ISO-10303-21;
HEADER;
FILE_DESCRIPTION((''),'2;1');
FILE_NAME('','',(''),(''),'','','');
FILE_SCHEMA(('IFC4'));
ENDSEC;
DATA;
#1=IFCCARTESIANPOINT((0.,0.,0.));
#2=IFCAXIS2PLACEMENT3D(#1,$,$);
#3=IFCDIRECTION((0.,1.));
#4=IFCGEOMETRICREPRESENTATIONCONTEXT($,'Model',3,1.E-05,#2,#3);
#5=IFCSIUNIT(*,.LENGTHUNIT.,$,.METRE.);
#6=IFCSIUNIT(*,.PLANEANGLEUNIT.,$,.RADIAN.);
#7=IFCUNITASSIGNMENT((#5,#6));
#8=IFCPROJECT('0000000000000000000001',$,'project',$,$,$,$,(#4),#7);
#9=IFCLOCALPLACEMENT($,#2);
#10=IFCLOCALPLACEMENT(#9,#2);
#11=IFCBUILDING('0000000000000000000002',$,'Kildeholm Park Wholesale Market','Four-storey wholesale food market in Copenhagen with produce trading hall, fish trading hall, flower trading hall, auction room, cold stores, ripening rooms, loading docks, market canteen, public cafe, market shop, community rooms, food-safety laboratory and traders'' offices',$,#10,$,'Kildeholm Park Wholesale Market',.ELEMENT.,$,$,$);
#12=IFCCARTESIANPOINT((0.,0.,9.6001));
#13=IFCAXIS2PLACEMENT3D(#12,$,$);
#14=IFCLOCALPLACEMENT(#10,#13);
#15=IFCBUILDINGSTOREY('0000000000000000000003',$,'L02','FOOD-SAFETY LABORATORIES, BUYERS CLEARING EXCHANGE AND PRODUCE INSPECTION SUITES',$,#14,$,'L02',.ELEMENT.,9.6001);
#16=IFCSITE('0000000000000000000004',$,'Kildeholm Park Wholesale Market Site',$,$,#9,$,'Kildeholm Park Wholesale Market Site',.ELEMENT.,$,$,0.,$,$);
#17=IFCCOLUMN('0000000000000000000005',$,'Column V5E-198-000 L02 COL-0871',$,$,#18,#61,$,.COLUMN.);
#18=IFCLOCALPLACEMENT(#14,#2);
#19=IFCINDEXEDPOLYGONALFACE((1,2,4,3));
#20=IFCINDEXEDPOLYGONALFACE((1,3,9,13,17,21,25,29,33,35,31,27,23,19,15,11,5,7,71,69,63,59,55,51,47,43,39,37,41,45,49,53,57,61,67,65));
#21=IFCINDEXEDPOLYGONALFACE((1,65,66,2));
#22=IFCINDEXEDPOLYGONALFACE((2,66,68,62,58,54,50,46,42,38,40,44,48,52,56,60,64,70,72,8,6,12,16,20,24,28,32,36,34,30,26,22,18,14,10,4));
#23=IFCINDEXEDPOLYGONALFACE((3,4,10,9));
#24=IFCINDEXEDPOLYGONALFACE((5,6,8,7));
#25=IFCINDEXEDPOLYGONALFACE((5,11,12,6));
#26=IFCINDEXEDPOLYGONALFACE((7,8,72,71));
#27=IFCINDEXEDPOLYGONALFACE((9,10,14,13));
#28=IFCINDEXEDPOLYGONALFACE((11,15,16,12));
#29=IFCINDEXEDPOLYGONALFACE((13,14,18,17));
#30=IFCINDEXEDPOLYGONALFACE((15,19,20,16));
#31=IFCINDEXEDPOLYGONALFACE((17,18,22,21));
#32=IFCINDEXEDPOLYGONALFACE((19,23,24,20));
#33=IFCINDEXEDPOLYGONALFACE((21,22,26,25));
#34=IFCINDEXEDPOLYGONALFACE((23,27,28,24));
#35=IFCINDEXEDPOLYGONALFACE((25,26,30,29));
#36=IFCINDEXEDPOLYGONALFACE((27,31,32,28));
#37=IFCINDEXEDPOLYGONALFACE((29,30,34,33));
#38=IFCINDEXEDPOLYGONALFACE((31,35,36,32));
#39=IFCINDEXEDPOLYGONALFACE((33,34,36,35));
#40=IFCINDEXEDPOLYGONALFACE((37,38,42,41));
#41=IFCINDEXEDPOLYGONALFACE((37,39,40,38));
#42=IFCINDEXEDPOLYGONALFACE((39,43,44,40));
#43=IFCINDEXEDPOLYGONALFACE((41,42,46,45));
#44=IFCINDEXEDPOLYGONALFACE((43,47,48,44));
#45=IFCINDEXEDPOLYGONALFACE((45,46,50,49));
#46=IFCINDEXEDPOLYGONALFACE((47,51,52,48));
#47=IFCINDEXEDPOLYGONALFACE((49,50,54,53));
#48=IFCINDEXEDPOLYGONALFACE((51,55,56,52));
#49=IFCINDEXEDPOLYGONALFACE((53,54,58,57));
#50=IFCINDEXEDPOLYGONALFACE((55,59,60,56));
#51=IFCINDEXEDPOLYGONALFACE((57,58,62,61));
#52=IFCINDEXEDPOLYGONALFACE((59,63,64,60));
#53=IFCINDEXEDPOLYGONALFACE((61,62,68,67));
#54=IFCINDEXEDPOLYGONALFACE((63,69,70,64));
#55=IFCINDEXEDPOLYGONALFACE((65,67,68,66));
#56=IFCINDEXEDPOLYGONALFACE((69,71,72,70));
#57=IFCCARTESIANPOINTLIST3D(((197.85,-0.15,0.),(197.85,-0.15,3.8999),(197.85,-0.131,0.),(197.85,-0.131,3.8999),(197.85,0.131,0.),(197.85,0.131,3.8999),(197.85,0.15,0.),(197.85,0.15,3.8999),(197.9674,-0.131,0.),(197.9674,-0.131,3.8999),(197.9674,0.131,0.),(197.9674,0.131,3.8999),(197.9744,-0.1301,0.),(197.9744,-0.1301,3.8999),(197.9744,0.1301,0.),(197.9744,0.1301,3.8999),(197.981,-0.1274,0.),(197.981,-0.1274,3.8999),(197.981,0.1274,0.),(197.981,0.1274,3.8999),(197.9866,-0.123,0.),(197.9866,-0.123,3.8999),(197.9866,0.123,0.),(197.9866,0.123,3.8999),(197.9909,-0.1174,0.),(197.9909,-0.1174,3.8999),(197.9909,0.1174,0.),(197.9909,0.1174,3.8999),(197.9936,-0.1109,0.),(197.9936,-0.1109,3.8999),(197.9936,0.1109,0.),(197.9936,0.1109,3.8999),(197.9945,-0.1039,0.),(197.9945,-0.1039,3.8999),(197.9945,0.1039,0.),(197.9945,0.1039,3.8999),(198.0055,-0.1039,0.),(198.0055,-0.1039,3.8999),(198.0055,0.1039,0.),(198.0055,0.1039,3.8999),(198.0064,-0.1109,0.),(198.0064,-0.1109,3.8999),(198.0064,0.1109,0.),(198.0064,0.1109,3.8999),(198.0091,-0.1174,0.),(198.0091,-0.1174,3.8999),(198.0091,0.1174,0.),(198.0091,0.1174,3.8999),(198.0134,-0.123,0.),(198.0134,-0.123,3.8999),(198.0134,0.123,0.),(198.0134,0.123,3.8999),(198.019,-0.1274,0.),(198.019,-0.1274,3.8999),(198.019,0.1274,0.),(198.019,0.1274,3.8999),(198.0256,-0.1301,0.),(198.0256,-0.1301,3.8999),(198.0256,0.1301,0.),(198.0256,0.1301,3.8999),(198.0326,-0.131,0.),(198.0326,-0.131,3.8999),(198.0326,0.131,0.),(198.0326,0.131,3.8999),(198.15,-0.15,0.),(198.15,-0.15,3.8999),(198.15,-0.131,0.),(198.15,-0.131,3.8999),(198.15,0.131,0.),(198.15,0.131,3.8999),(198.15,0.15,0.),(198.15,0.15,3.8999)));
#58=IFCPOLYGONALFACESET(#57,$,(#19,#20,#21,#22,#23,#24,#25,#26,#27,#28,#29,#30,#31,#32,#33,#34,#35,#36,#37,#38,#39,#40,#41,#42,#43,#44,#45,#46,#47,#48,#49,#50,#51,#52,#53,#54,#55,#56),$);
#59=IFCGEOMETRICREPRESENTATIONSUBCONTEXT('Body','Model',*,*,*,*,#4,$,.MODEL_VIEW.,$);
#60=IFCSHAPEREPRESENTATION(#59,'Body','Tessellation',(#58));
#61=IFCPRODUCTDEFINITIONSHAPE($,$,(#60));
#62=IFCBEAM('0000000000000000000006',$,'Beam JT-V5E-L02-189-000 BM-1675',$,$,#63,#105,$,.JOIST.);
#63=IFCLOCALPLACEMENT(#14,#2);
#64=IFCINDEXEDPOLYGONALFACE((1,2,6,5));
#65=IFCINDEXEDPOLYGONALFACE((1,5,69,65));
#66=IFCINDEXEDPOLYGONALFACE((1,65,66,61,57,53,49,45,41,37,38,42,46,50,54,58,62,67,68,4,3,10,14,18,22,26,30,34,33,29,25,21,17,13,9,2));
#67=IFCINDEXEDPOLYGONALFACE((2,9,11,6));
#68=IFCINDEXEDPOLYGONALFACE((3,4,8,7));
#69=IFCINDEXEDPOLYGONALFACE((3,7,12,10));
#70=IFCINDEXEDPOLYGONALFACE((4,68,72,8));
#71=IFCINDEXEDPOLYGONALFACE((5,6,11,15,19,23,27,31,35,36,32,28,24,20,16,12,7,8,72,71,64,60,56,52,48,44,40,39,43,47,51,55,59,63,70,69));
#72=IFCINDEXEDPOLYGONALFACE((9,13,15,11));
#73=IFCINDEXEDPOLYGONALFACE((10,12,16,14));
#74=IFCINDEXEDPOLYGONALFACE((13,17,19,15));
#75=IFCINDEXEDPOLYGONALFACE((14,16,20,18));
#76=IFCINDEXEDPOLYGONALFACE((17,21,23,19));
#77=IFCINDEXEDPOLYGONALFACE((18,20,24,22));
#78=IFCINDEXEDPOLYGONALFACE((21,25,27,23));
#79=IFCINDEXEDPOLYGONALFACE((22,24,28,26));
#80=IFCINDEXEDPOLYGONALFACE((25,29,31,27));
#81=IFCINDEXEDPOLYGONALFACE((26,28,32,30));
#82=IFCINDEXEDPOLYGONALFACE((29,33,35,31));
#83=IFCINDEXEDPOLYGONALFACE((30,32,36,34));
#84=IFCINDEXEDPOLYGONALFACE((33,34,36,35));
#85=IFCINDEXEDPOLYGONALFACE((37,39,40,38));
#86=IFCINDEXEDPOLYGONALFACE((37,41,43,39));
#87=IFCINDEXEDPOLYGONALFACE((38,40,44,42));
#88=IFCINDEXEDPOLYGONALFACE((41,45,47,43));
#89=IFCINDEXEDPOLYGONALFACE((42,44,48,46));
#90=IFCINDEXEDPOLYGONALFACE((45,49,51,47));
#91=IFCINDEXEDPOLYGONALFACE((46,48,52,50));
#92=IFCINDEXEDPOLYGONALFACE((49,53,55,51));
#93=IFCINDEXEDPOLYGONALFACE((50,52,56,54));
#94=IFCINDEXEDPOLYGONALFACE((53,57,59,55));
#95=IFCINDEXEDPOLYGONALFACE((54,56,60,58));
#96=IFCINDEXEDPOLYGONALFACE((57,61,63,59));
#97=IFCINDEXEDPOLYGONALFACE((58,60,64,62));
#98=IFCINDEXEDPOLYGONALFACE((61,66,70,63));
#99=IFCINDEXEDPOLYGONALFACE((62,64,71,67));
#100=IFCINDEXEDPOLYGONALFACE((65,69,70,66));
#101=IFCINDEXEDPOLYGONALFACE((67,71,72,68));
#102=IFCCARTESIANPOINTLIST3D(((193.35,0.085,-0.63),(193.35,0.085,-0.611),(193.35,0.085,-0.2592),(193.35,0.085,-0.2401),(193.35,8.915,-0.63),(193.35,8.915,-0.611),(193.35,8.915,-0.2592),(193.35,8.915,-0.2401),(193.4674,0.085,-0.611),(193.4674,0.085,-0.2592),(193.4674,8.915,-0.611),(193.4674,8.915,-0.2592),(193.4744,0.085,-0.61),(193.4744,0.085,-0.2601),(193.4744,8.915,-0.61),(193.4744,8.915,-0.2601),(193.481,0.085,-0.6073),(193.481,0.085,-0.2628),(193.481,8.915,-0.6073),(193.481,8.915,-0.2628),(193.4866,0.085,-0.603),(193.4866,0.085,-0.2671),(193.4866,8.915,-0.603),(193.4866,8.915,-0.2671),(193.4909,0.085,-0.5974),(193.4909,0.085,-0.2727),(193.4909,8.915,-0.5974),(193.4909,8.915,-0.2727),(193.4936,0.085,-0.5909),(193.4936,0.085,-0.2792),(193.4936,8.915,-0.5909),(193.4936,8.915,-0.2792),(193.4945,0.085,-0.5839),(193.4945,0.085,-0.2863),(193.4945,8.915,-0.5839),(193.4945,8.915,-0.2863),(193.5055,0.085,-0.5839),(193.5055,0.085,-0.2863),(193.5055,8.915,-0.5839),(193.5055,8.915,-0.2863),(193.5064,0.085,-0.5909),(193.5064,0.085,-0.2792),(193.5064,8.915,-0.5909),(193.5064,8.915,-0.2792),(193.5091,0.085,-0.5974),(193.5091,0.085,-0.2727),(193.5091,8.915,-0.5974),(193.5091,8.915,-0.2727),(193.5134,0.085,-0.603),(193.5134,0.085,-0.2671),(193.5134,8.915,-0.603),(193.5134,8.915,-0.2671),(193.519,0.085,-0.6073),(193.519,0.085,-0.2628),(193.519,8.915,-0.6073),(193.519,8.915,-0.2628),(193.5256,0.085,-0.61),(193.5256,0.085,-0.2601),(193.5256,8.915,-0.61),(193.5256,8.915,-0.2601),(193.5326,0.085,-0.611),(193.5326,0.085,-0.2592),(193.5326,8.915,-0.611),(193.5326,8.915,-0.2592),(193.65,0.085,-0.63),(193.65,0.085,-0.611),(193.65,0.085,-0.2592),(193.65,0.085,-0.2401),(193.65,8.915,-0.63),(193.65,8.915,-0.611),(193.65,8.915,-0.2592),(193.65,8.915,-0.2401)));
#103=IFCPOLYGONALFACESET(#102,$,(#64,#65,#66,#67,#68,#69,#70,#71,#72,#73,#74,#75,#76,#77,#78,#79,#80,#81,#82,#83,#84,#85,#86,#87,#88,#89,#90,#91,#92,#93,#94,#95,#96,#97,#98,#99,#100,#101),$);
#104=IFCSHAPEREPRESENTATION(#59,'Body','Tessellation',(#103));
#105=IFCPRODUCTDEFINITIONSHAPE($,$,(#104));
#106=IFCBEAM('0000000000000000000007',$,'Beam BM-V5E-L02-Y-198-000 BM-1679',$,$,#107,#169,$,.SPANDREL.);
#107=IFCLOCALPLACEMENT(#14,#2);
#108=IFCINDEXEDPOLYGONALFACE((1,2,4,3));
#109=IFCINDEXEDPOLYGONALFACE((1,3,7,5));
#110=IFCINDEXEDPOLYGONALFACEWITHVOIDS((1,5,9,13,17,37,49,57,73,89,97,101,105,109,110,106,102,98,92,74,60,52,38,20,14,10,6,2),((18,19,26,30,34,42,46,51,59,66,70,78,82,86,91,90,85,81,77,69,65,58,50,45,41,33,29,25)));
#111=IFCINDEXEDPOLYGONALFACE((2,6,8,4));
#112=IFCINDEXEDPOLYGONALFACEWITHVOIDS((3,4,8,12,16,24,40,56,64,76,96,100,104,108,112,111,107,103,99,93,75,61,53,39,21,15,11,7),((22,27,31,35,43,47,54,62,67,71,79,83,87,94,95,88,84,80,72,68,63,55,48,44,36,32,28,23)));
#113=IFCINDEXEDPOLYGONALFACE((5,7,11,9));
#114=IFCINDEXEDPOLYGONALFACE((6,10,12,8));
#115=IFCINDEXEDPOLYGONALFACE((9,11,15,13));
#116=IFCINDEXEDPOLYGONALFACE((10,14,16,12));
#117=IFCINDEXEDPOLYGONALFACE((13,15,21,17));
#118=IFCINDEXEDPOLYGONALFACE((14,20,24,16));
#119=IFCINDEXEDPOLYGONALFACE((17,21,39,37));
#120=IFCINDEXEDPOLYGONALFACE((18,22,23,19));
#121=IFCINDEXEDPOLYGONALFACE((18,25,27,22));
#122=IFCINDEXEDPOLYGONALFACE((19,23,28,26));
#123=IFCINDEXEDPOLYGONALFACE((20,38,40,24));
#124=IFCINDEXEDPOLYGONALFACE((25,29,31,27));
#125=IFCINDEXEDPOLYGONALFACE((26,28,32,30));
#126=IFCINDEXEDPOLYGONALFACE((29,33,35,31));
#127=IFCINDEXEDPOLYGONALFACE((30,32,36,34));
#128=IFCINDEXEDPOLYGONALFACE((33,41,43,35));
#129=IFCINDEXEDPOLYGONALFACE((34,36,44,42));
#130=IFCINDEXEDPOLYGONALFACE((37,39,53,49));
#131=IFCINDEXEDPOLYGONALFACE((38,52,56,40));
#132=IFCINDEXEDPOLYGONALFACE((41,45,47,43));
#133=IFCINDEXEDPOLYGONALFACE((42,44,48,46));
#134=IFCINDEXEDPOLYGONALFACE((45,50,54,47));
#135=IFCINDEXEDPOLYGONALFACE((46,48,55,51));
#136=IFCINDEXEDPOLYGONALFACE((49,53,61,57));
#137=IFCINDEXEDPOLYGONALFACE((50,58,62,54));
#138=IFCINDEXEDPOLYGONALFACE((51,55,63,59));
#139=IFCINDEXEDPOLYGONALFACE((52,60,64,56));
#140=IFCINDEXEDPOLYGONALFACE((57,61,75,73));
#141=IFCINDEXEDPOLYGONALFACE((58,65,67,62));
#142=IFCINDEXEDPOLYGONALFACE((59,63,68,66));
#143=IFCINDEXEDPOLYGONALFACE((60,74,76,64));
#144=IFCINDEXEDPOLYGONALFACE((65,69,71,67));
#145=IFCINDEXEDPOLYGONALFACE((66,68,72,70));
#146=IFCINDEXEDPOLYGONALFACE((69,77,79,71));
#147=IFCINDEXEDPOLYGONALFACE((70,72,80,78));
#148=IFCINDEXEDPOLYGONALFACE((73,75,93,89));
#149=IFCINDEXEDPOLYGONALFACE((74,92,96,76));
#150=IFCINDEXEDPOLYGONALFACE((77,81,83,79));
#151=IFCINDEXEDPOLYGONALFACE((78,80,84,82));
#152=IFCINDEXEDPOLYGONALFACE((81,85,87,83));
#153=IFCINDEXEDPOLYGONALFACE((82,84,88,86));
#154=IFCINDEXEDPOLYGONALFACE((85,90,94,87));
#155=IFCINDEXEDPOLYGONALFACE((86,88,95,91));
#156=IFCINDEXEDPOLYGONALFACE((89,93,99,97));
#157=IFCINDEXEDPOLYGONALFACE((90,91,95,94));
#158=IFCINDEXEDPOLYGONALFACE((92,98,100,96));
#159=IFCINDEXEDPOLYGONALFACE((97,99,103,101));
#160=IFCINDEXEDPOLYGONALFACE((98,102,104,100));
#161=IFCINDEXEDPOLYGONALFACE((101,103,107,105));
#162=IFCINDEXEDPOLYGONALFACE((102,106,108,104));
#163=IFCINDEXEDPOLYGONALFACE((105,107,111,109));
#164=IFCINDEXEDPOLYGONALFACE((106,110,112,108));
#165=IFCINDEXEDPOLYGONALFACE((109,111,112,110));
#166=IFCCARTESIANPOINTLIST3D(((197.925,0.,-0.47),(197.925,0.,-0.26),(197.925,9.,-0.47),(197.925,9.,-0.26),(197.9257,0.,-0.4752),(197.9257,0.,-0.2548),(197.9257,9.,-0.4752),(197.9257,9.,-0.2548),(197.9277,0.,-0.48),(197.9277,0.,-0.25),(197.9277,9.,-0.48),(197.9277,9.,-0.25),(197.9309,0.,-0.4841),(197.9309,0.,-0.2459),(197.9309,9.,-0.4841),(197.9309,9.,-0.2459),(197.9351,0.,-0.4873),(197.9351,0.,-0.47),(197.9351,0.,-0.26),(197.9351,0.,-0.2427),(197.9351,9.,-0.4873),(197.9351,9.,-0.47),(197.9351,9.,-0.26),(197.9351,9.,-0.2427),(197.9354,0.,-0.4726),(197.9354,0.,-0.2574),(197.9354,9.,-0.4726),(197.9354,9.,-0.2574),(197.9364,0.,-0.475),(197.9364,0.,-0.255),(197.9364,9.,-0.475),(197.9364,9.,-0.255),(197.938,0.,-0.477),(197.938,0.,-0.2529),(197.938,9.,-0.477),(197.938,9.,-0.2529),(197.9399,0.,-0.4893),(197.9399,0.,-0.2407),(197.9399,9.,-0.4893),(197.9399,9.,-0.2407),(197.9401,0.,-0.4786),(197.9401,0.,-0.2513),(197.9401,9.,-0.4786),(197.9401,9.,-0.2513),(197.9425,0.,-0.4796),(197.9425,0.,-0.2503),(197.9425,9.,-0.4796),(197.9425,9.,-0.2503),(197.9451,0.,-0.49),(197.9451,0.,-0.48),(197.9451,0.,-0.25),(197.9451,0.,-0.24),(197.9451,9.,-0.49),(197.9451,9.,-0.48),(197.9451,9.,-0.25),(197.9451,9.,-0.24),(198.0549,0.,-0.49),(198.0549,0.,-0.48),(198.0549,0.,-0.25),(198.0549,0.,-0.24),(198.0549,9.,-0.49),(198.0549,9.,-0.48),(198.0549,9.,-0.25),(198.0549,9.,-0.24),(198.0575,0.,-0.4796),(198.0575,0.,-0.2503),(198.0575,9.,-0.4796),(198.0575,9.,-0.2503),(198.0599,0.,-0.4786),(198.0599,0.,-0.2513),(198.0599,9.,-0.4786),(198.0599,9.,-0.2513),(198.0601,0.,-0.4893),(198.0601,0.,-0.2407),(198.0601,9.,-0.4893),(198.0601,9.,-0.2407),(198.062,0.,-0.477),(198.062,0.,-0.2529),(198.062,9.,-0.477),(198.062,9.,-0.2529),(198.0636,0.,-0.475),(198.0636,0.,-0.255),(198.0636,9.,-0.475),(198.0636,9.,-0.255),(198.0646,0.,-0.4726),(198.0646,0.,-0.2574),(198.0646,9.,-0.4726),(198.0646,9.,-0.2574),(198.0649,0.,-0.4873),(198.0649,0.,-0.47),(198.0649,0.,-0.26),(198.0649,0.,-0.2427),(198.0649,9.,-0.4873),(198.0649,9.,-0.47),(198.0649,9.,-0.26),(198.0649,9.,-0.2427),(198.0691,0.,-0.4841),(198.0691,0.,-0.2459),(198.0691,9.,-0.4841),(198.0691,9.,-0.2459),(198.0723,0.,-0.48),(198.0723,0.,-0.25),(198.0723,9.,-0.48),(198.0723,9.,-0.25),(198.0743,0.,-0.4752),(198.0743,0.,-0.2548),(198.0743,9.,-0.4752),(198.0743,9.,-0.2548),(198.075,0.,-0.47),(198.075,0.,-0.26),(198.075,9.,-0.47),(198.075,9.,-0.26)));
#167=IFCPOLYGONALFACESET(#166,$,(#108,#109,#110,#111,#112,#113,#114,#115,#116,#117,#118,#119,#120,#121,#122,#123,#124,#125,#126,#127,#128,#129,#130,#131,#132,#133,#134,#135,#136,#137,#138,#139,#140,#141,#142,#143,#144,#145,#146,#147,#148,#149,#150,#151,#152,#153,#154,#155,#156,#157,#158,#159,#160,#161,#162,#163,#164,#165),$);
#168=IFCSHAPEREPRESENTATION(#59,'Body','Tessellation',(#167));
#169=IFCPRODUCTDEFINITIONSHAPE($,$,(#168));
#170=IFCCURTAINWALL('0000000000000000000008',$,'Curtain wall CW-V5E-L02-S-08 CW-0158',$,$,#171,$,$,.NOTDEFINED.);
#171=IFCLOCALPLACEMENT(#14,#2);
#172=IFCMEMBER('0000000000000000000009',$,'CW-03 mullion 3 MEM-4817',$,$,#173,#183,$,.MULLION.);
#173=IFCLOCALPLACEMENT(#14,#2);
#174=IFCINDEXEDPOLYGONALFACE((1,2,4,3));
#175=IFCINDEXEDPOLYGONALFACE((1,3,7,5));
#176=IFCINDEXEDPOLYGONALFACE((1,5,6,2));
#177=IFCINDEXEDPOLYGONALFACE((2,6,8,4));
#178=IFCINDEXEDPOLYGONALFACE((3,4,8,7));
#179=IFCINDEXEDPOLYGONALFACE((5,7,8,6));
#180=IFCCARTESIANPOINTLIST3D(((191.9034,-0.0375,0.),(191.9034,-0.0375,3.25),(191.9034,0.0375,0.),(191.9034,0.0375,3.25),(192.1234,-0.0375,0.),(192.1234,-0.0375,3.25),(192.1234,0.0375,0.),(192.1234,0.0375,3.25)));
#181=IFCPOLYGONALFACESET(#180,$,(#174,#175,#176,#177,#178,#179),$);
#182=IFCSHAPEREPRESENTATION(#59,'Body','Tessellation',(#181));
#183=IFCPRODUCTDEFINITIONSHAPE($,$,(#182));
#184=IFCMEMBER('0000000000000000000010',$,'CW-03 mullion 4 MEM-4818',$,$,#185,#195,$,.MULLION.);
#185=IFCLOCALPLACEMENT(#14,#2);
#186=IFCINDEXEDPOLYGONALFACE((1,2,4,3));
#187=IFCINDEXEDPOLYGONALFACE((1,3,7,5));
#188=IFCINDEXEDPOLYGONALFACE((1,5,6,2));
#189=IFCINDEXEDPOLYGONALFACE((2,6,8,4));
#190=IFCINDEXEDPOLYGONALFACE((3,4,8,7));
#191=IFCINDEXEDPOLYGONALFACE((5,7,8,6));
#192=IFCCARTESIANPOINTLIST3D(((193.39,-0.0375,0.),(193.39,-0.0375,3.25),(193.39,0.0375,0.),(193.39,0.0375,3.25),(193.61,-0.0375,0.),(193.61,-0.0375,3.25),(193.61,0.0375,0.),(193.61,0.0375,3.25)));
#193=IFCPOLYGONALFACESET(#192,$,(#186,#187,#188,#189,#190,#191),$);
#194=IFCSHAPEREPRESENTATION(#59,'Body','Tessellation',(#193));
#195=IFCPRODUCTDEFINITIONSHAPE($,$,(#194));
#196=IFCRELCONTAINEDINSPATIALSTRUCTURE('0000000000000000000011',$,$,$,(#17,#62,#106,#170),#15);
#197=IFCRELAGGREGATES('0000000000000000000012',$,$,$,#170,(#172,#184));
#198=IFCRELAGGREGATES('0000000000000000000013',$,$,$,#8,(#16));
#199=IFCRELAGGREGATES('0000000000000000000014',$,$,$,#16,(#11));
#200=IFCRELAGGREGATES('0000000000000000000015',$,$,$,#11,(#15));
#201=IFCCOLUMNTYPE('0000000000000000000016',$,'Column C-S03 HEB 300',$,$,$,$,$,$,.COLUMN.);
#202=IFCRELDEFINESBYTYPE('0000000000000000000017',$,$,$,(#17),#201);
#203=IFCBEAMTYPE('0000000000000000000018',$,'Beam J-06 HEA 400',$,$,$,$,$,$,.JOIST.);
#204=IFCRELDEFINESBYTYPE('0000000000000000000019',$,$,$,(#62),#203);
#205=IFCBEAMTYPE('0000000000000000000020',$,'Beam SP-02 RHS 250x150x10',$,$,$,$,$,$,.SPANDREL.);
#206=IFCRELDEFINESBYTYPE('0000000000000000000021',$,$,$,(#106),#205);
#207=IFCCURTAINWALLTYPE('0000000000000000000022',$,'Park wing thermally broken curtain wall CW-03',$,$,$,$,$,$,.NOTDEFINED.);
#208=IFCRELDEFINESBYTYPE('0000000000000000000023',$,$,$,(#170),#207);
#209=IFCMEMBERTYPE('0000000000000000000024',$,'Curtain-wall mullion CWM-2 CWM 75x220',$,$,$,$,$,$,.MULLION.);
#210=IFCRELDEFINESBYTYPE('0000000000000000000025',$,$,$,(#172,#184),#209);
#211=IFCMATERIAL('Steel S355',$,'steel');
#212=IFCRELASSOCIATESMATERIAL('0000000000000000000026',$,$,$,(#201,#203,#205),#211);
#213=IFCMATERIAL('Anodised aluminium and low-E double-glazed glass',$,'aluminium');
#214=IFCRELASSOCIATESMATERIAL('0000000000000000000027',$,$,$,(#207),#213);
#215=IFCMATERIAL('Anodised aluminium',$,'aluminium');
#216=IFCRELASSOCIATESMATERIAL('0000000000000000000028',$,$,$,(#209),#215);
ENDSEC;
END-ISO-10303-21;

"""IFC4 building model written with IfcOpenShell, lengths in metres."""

from ifc_helpers import new_model, si_unit, direction, frame, origin, origin_2d, place, context, subcontext, project, spatial, rectangle, hollow_rectangle, i_section, extrude, material, material_profile, profile_set, type_object, element, aggregate, save


model = new_model("IFC4")

# Units and contexts
model_context = context("Model", 3, precision=1e-05, world=origin(), true_north=direction((0.0, 1.0)))
body_context = subcontext(model_context, "Body", "Model", "MODEL_VIEW")
ifc_project = project(units=[si_unit("LENGTHUNIT", "METRE"), si_unit("PLANEANGLEUNIT", "RADIAN")], contexts=[model_context])

# Site, building, storey
site_placement = place(None, origin())
site = spatial("IfcSite", under=ifc_project, at=site_placement, Name="Kildeholm Park Wholesale Market Site", LongName="Kildeholm Park Wholesale Market Site", CompositionType="ELEMENT", RefElevation=0.0)
building_placement = place(site_placement, origin())
building = spatial("IfcBuilding", under=site, at=building_placement, Name="Kildeholm Park Wholesale Market", Description="Four-storey wholesale food market in Copenhagen with produce trading hall, fish trading hall, flower trading hall, auction room, cold stores, ripening rooms, loading docks, market canteen, public cafe, market shop, community rooms, food-safety laboratory and traders' offices", LongName="Kildeholm Park Wholesale Market", CompositionType="ELEMENT")
storey_placement = place(building_placement, frame((0.0, 0.0, 9.6001)))
storey = spatial("IfcBuildingStorey", under=building, at=storey_placement, Name="L02", Description="FOOD-SAFETY LABORATORIES, BUYERS CLEARING EXCHANGE AND PRODUCE INSPECTION SUITES", LongName="L02", CompositionType="ELEMENT", Elevation=9.6001)

# Column
ifc_material_1 = material(Name="Steel S355", Category="steel")
ifc_material_profile_1 = material_profile(ifc_material_1, i_section(OverallWidth=0.3, OverallDepth=0.3, WebThickness=0.011, FlangeThickness=0.019, FilletRadius=0.0271, at=origin_2d()), Name="HEB 300")
ifc_profile_set_1 = profile_set([ifc_material_profile_1], Name="Steel S355")
column_type = type_object("IfcColumnType", Name="Column C-S03 HEB 300", PredefinedType="COLUMN", material=ifc_profile_set_1)
column_placement = place(storey_placement, frame((198.0, 0.0, 0.0), z_axis=(0.0, 0.0, 1.0), x_axis=(1.0, 0.0, 0.0)))
element("IfcColumn", 1, at=column_placement, inside=storey, type_object=column_type, Name="Column V5E-198-000 L02 COL-0871", PredefinedType="COLUMN", context=body_context, shape_type="SweptSolid", body=[
    extrude(i_section(OverallWidth=0.3, OverallDepth=0.3, WebThickness=0.011, FlangeThickness=0.019, FilletRadius=0.0271, at=origin_2d()), origin(), (0.0, 0.0, 1.0), 3.8999),
])

# Beams
ifc_material_profile_2 = material_profile(ifc_material_1, i_section(OverallWidth=0.3, OverallDepth=0.3899, WebThickness=0.011, FlangeThickness=0.019, FilletRadius=0.0271, at=origin_2d()), Name="HEA 400")
ifc_profile_set_2 = profile_set([ifc_material_profile_2], Name="Steel S355")
beam_type_1 = type_object("IfcBeamType", Name="Beam J-06 HEA 400", PredefinedType="JOIST", material=ifc_profile_set_2)
beam_1_placement = place(storey_placement, frame((193.5, 0.085, -0.4351), z_axis=(0.0, 1.0, 0.0), x_axis=(-1.0, 0.0, 0.0)))
element("IfcBeam", 2, at=beam_1_placement, inside=storey, type_object=beam_type_1, Name="Beam JT-V5E-L02-189-000 BM-1675", PredefinedType="JOIST", context=body_context, shape_type="SweptSolid", body=[
    extrude(i_section(OverallWidth=0.3, OverallDepth=0.3899, WebThickness=0.011, FlangeThickness=0.019, FilletRadius=0.0271, at=origin_2d()), origin(), (0.0, 0.0, 1.0), 8.8301),
])
ifc_material_profile_3 = material_profile(ifc_material_1, hollow_rectangle(XDim=0.1499, YDim=0.25, WallThickness=0.01, InnerFilletRadius=0.01, OuterFilletRadius=0.02, at=origin_2d()), Name="RHS 250x150x10")
ifc_profile_set_3 = profile_set([ifc_material_profile_3], Name="Steel S355")
beam_type_2 = type_object("IfcBeamType", Name="Beam SP-02 RHS 250x150x10", PredefinedType="SPANDREL", material=ifc_profile_set_3)
beam_2_placement = place(storey_placement, frame((198.0, 0.0, -0.365), z_axis=(0.0, 1.0, 0.0), x_axis=(-1.0, 0.0, 0.0)))
element("IfcBeam", 3, at=beam_2_placement, inside=storey, type_object=beam_type_2, Name="Beam BM-V5E-L02-Y-198-000 BM-1679", PredefinedType="SPANDREL", context=body_context, shape_type="SweptSolid", body=[
    extrude(hollow_rectangle(XDim=0.1499, YDim=0.25, WallThickness=0.01, InnerFilletRadius=0.01, OuterFilletRadius=0.02, at=origin_2d()), origin(), (0.0, 0.0, 1.0), 9.0),
])

# Curtain wall, members
ifc_material_2 = material(Name="Anodised aluminium and low-E double-glazed glass", Category="aluminium")
curtain_wall_type = type_object("IfcCurtainWallType", Name="Park wing thermally broken curtain wall CW-03", PredefinedType="NOTDEFINED", material=ifc_material_2)
curtain_wall_placement = place(storey_placement, origin())
curtain_wall = element("IfcCurtainWall", 4, at=curtain_wall_placement, inside=storey, type_object=curtain_wall_type, Name="Curtain wall CW-V5E-L02-S-08 CW-0158", PredefinedType="NOTDEFINED")
ifc_material_3 = material(Name="Anodised aluminium", Category="aluminium")
ifc_material_profile_4 = material_profile(ifc_material_3, rectangle(XDim=0.075, YDim=0.22, at=origin_2d()), Name="CWM 75x220")
ifc_profile_set_4 = profile_set([ifc_material_profile_4], Name="Anodised aluminium")
member_type_1 = type_object("IfcMemberType", Name="Curtain-wall mullion CWM-2 CWM 75x220", PredefinedType="MULLION", material=ifc_profile_set_4)
member_1_placement = place(storey_placement, frame((192.0134, 0.0, 0.0), z_axis=(0.0, 0.0, 1.0), x_axis=(0.0, 1.0, 0.0)))
member_1 = element("IfcMember", 5, at=member_1_placement, type_object=member_type_1, Name="CW-03 mullion 3 MEM-4817", PredefinedType="MULLION", context=body_context, shape_type="SweptSolid", body=[
    extrude(rectangle(XDim=0.075, YDim=0.22, at=origin_2d()), origin(), (0.0, 0.0, 1.0), 3.25),
])
member_2_placement = place(storey_placement, frame((193.5, 0.0, 0.0), z_axis=(0.0, 0.0, 1.0), x_axis=(0.0, 1.0, 0.0)))
member_2 = element("IfcMember", 6, at=member_2_placement, type_object=member_type_1, Name="CW-03 mullion 4 MEM-4818", PredefinedType="MULLION", context=body_context, shape_type="SweptSolid", body=[
    extrude(rectangle(XDim=0.075, YDim=0.22, at=origin_2d()), origin(), (0.0, 0.0, 1.0), 3.25),
])
aggregate(curtain_wall, [member_1, member_2])

save(model, "model.ifc")
